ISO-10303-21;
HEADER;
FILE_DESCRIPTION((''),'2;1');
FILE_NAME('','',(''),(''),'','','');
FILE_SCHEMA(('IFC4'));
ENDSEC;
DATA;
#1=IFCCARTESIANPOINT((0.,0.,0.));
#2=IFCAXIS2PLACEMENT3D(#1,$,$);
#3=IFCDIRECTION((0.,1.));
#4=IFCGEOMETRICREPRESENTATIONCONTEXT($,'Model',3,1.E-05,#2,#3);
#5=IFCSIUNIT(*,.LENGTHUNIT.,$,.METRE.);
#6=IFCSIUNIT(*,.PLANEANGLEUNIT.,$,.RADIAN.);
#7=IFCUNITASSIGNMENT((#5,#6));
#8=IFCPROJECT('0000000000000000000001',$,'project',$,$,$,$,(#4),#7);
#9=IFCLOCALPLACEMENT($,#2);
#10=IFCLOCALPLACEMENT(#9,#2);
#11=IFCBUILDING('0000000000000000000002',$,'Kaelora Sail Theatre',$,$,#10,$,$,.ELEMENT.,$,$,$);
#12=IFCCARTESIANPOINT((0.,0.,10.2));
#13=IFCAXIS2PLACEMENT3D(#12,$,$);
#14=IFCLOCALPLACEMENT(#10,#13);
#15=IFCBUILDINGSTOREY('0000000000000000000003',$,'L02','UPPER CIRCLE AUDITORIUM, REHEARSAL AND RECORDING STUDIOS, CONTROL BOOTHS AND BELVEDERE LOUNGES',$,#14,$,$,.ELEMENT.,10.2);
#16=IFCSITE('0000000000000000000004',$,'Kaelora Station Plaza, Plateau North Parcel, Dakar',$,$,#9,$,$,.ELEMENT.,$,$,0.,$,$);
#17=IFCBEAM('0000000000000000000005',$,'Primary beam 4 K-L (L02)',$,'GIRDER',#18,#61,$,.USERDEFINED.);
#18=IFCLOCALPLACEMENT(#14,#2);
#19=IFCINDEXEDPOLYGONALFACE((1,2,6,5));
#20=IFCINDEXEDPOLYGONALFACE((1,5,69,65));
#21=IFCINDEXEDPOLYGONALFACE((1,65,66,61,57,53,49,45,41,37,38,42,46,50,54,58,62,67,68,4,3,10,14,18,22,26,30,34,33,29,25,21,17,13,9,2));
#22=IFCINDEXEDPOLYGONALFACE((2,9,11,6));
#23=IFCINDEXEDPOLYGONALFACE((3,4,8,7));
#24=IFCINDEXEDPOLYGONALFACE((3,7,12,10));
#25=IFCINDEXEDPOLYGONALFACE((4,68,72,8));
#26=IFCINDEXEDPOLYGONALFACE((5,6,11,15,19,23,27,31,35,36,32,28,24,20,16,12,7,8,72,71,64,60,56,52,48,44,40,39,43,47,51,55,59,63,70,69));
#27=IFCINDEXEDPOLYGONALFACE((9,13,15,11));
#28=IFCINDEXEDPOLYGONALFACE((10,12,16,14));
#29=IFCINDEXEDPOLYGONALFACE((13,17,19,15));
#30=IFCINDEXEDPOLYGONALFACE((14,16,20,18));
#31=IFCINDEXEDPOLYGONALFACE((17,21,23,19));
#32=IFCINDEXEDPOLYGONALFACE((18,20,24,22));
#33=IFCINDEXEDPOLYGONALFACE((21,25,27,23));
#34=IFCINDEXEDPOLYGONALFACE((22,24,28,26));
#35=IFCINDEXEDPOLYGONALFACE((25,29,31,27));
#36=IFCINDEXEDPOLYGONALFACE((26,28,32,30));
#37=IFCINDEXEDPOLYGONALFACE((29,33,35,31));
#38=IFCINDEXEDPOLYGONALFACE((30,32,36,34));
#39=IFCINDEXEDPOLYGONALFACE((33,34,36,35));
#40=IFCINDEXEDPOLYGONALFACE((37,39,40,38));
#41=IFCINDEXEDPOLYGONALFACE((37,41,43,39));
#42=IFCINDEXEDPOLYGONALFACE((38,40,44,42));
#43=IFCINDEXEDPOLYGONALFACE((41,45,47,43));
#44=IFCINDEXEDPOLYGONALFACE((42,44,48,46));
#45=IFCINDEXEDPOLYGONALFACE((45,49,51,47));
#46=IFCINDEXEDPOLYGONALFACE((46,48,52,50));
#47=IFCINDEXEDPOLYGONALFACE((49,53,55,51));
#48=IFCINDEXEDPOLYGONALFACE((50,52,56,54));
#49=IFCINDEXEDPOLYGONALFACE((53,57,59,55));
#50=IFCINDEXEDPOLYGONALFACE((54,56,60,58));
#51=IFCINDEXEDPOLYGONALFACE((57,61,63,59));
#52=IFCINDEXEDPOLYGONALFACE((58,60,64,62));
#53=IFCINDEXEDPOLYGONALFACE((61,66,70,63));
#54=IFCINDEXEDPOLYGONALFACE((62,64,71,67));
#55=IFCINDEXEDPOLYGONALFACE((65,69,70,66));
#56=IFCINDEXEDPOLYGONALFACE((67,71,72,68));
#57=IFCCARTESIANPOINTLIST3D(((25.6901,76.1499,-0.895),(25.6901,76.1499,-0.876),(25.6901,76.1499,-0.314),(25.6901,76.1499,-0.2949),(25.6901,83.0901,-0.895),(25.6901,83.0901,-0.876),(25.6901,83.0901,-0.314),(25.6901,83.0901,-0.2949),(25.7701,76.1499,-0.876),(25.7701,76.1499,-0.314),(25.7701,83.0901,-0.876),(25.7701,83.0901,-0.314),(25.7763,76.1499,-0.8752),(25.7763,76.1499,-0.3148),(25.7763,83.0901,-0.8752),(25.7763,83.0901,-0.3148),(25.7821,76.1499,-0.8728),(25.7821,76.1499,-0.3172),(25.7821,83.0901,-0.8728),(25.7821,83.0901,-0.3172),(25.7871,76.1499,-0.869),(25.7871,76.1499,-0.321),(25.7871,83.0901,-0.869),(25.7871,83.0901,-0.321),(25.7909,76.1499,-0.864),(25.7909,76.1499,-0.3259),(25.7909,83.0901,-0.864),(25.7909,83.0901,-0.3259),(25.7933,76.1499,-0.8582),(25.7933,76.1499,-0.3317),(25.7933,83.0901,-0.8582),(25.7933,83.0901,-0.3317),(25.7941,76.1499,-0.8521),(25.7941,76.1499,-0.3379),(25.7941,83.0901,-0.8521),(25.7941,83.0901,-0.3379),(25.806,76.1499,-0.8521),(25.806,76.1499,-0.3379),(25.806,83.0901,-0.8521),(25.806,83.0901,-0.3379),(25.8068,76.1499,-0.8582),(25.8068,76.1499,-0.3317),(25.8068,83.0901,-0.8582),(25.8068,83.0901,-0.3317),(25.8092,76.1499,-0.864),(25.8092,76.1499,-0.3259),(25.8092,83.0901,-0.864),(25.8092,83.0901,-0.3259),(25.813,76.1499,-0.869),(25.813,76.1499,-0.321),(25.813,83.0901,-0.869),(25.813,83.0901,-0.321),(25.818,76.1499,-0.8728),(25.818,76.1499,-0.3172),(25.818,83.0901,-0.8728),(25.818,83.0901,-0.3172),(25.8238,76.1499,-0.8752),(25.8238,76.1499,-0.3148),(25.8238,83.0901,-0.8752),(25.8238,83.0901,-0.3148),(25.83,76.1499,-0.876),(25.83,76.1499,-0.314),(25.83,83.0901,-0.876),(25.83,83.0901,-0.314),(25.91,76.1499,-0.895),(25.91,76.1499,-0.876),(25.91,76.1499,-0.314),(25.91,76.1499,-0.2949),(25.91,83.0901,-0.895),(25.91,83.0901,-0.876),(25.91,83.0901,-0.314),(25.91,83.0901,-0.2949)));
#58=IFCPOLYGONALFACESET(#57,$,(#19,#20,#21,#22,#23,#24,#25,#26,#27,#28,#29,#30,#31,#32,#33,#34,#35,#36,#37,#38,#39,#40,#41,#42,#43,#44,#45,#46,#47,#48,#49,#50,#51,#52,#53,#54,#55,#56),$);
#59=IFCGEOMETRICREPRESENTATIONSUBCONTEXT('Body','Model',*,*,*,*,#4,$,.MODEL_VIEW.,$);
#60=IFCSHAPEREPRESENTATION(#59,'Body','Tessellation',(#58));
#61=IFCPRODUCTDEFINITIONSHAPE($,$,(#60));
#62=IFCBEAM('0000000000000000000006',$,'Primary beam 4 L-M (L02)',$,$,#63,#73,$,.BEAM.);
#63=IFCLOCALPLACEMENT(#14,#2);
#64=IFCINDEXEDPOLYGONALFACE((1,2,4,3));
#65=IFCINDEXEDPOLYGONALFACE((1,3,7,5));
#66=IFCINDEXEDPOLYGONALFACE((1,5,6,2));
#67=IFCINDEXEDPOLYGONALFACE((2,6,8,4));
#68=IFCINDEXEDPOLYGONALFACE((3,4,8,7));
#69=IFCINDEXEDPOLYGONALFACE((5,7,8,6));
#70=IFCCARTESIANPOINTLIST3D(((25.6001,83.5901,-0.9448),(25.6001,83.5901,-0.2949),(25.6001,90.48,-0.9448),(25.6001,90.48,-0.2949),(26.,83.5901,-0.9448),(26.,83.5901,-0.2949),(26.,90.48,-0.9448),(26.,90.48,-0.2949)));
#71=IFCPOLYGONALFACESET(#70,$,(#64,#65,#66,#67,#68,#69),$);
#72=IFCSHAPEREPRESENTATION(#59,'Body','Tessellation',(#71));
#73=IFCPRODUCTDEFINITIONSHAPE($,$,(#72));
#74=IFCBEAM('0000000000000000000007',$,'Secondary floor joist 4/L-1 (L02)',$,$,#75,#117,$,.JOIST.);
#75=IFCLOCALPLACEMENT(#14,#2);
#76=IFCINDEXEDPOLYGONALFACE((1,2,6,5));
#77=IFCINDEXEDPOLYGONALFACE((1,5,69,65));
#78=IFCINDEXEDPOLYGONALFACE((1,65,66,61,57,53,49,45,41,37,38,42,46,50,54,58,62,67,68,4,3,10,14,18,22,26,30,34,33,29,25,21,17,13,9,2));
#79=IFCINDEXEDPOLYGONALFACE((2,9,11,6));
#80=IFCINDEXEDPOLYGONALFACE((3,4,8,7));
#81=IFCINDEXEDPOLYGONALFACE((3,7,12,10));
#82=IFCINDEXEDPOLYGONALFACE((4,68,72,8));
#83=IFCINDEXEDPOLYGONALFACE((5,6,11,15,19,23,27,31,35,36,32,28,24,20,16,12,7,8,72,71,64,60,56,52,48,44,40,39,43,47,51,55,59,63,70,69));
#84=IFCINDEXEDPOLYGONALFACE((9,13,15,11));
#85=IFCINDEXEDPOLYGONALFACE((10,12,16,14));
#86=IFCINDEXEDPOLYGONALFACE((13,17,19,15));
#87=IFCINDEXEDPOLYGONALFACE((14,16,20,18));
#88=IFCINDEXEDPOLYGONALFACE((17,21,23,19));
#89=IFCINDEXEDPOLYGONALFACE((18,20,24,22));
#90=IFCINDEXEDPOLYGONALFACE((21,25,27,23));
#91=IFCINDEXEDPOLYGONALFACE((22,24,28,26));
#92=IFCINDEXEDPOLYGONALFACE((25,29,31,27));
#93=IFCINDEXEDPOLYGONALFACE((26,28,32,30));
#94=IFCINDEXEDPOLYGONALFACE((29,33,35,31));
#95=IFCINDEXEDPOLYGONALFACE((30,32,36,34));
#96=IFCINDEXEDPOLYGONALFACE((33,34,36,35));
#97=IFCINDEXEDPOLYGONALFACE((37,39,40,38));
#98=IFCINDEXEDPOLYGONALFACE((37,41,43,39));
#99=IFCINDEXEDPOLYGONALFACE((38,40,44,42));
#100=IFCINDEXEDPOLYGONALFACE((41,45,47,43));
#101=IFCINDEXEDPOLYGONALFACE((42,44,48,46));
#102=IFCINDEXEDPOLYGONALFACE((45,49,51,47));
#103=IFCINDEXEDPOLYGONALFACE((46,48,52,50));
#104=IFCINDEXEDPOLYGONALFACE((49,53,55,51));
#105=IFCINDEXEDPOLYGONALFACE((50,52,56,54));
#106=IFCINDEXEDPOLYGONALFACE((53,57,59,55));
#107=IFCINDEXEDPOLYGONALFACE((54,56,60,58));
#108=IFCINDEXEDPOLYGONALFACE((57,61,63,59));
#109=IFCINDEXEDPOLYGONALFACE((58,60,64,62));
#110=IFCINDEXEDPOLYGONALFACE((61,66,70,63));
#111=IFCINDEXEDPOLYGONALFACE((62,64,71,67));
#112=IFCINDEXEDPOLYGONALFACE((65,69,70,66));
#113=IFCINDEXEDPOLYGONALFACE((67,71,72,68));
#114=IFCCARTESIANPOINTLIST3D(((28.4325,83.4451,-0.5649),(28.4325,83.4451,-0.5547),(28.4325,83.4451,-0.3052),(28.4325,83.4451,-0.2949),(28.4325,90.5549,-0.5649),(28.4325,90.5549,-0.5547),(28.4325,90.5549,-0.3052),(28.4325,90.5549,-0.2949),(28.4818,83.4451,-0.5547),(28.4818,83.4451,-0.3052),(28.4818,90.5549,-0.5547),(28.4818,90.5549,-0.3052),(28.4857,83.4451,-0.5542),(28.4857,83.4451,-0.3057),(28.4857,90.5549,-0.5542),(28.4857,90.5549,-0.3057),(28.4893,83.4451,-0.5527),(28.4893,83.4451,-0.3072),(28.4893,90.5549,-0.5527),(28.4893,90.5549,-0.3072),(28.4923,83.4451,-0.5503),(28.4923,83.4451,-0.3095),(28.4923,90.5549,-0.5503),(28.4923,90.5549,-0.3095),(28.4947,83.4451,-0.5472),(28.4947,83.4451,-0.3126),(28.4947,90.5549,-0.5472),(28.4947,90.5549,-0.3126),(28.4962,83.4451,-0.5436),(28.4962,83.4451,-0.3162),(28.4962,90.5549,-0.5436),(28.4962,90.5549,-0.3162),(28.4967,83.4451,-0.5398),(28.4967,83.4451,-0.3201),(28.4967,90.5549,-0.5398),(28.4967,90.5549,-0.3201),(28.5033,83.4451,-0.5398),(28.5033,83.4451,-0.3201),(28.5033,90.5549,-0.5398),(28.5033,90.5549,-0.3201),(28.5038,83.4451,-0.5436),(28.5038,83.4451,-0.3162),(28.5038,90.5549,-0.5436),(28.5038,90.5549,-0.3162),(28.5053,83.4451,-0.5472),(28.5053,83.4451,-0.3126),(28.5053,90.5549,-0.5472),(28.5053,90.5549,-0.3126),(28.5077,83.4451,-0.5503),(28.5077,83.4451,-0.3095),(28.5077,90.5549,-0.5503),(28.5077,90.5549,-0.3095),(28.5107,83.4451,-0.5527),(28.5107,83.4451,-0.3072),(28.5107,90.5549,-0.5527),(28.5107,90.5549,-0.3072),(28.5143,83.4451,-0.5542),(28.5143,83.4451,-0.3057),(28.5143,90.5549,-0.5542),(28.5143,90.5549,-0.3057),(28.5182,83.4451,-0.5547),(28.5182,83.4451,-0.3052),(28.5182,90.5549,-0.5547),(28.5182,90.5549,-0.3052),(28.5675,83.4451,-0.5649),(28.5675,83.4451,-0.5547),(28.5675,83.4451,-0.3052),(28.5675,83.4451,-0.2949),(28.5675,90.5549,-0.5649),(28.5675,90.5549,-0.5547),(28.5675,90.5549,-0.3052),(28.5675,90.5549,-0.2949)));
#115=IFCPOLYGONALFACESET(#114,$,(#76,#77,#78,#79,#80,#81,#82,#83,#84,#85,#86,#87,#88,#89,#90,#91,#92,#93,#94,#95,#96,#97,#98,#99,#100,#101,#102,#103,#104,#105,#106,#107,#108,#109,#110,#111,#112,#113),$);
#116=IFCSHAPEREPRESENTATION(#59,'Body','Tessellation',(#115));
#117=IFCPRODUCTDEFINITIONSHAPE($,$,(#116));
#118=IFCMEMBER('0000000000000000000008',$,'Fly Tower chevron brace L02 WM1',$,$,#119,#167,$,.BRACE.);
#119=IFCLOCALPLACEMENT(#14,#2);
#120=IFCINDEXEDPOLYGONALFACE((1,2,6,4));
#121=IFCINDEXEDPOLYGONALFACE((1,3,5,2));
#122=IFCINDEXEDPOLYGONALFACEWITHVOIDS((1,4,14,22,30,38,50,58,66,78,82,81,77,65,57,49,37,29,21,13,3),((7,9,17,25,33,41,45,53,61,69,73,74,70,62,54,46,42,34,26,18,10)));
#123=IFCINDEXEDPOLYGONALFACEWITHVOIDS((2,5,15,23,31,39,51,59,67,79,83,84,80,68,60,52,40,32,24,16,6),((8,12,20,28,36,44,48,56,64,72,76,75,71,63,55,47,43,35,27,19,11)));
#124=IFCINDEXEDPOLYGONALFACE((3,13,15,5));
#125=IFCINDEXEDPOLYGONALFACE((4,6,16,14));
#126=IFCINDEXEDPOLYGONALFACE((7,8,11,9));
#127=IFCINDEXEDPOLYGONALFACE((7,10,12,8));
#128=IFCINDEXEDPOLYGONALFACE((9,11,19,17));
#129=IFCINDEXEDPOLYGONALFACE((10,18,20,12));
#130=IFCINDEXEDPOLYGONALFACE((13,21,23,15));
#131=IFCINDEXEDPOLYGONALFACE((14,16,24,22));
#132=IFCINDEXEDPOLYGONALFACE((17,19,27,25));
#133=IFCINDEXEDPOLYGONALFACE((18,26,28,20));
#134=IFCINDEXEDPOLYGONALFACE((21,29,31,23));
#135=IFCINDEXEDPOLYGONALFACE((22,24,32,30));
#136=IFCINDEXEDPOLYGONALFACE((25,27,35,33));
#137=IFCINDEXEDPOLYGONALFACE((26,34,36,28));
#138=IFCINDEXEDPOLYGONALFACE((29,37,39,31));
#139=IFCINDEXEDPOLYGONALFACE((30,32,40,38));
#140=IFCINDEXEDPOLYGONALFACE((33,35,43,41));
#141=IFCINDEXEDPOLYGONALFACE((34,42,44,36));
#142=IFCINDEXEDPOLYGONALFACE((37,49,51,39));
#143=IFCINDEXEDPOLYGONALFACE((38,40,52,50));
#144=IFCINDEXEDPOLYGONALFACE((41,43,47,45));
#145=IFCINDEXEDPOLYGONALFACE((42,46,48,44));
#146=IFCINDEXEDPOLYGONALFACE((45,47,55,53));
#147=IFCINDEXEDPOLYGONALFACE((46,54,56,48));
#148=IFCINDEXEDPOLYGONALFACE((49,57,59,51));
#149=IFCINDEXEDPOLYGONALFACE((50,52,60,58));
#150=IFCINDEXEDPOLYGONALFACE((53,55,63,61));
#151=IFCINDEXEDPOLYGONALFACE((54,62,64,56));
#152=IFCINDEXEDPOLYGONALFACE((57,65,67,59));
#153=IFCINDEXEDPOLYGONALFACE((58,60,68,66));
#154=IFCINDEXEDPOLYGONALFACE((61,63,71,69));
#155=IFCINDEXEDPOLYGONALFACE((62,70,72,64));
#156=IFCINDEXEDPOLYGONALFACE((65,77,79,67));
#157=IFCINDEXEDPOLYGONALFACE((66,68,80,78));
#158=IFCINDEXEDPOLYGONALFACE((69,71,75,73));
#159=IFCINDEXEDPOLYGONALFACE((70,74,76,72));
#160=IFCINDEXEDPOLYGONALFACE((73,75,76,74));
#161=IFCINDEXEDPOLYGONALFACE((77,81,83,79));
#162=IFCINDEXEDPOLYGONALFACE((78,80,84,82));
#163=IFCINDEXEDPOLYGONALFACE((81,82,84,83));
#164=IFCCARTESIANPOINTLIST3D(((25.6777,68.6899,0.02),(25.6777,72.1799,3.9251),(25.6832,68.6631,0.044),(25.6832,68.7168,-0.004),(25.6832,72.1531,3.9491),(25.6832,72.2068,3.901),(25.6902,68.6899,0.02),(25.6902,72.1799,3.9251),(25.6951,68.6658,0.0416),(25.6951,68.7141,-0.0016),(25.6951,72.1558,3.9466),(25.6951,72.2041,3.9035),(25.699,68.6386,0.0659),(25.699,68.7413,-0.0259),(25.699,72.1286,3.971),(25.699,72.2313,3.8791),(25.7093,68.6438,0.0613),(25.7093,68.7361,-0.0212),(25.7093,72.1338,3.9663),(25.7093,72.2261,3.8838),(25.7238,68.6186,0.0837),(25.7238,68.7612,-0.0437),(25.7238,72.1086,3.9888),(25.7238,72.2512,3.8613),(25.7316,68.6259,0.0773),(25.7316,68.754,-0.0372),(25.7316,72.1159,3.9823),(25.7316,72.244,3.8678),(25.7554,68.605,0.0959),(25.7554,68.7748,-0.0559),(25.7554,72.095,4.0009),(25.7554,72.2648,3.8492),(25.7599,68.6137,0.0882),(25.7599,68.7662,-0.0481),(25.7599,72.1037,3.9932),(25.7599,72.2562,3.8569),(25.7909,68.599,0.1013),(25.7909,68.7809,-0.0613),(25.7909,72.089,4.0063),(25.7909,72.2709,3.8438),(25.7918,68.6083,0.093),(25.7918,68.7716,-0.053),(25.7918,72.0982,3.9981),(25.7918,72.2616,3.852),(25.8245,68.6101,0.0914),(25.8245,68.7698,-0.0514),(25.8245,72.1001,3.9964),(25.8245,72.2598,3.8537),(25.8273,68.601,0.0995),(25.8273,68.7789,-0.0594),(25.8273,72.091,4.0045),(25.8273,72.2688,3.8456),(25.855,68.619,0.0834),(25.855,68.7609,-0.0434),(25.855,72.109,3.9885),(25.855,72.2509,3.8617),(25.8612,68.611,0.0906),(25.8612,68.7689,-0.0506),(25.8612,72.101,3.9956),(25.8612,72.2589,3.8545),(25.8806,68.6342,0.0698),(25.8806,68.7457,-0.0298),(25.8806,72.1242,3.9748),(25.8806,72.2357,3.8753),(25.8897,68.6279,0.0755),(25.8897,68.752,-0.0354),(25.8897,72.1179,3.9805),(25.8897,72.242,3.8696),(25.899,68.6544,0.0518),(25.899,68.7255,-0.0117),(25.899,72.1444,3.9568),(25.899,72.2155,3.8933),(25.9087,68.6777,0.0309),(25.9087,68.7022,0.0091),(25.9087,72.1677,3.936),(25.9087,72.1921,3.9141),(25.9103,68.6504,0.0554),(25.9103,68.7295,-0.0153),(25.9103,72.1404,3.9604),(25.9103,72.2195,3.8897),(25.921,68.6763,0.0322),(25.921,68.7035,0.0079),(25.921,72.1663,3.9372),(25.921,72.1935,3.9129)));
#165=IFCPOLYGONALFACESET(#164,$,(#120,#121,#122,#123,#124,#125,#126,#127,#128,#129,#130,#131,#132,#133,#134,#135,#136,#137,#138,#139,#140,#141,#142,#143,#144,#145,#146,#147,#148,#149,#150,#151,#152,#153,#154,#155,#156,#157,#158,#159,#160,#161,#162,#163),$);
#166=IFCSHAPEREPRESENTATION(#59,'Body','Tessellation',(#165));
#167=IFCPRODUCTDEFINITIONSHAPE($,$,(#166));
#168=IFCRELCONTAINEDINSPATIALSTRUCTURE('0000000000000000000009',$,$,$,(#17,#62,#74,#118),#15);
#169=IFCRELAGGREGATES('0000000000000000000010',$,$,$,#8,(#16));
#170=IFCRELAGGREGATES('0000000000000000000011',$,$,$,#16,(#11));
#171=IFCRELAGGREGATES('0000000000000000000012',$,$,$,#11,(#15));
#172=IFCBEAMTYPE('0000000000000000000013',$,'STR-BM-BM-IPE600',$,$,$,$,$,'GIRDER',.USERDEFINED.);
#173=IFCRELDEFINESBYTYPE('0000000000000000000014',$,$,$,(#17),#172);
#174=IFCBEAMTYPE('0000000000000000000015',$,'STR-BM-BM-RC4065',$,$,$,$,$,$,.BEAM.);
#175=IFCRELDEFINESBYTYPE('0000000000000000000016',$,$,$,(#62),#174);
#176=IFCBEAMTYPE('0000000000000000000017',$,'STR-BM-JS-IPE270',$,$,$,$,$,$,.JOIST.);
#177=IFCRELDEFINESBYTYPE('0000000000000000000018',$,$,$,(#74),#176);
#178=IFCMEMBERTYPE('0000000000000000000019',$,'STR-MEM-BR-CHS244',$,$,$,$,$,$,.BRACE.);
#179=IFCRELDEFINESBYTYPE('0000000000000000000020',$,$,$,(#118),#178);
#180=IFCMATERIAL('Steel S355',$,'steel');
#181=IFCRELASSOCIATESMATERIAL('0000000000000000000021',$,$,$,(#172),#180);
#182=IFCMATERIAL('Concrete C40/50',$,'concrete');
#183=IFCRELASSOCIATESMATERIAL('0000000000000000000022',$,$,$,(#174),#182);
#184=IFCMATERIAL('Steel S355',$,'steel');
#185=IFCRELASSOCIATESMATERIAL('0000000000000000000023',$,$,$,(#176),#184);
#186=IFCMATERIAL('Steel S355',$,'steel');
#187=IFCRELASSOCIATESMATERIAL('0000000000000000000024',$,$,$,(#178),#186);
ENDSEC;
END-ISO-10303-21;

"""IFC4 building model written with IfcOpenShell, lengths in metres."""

from ifc_helpers import new_model, si_unit, direction, frame, origin, origin_2d, place, context, subcontext, project, spatial, rectangle, hollow_circle, i_section, extrude, material, material_profile, profile_set, type_object, element, save


model = new_model("IFC4")

# Units and contexts
model_context = context("Model", 3, precision=1e-05, world=origin(), true_north=direction((0.0, 1.0)))
body_context = subcontext(model_context, "Body", "Model", "MODEL_VIEW")
ifc_project = project(units=[si_unit("LENGTHUNIT", "METRE"), si_unit("PLANEANGLEUNIT", "RADIAN")], contexts=[model_context])

# Site, building, storey
site_placement = place(None, origin())
site = spatial("IfcSite", under=ifc_project, at=site_placement, Name="Kaelora Station Plaza, Plateau North Parcel, Dakar", CompositionType="ELEMENT", RefElevation=0.0)
building_placement = place(site_placement, origin())
building = spatial("IfcBuilding", under=site, at=building_placement, Name="Kaelora Sail Theatre", CompositionType="ELEMENT")
storey_placement = place(building_placement, frame((0.0, 0.0, 10.2)))
storey = spatial("IfcBuildingStorey", under=building, at=storey_placement, Name="L02", Description="UPPER CIRCLE AUDITORIUM, REHEARSAL AND RECORDING STUDIOS, CONTROL BOOTHS AND BELVEDERE LOUNGES", CompositionType="ELEMENT", Elevation=10.2)

# Beams
ifc_material_1 = material(Name="Steel S355", Category="steel")
ifc_material_profile_1 = material_profile(ifc_material_1, i_section(OverallWidth=0.22, OverallDepth=0.6001, WebThickness=0.012, FlangeThickness=0.019, FilletRadius=0.0239, at=origin_2d()), Name="IPE 600")
ifc_profile_set_1 = profile_set([ifc_material_profile_1], Name="Steel S355")
beam_type_1 = type_object("IfcBeamType", Name="STR-BM-BM-IPE600", ElementType="GIRDER", PredefinedType="USERDEFINED", material=ifc_profile_set_1)
beam_1_placement = place(storey_placement, frame((25.8, 76.1499, -0.595), z_axis=(0.0, 1.0, 0.0), x_axis=(-1.0, 0.0, 0.0)))
element("IfcBeam", 1, at=beam_1_placement, inside=storey, type_object=beam_type_1, Name="Primary beam 4 K-L (L02)", ObjectType="GIRDER", PredefinedType="USERDEFINED", context=body_context, shape_type="SweptSolid", body=[
    extrude(i_section(OverallWidth=0.22, OverallDepth=0.6001, WebThickness=0.012, FlangeThickness=0.019, FilletRadius=0.0239, at=origin_2d()), origin(), (0.0, 0.0, 1.0), 6.9402),
])
ifc_material_2 = material(Name="Concrete C40/50", Category="concrete")
ifc_material_profile_2 = material_profile(ifc_material_2, rectangle(XDim=0.3999, YDim=0.6499, at=origin_2d()), Name="RC-BM 400x650")
ifc_profile_set_2 = profile_set([ifc_material_profile_2], Name="Concrete C40/50")
beam_type_2 = type_object("IfcBeamType", Name="STR-BM-BM-RC4065", PredefinedType="BEAM", material=ifc_profile_set_2)
beam_2_placement = place(storey_placement, frame((25.8, 83.5901, -0.6199), z_axis=(0.0, 1.0, 0.0), x_axis=(-1.0, 0.0, 0.0)))
element("IfcBeam", 2, at=beam_2_placement, inside=storey, type_object=beam_type_2, Name="Primary beam 4 L-M (L02)", PredefinedType="BEAM", context=body_context, shape_type="SweptSolid", body=[
    extrude(rectangle(XDim=0.3999, YDim=0.6499, at=origin_2d()), origin(), (0.0, 0.0, 1.0), 6.8899),
])
ifc_material_3 = material(Name="Steel S355", Category="steel")
ifc_material_profile_3 = material_profile(ifc_material_3, i_section(OverallWidth=0.135, OverallDepth=0.27, WebThickness=0.0066, FlangeThickness=0.0103, FilletRadius=0.0149, at=origin_2d()), Name="IPE 270")
ifc_profile_set_3 = profile_set([ifc_material_profile_3], Name="Steel S355")
beam_type_3 = type_object("IfcBeamType", Name="STR-BM-JS-IPE270", PredefinedType="JOIST", material=ifc_profile_set_3)
beam_3_placement = place(storey_placement, frame((28.5, 83.4451, -0.4299), z_axis=(0.0, 1.0, 0.0), x_axis=(-1.0, 0.0, 0.0)))
element("IfcBeam", 3, at=beam_3_placement, inside=storey, type_object=beam_type_3, Name="Secondary floor joist 4/L-1 (L02)", PredefinedType="JOIST", context=body_context, shape_type="SweptSolid", body=[
    extrude(i_section(OverallWidth=0.135, OverallDepth=0.27, WebThickness=0.0066, FlangeThickness=0.0103, FilletRadius=0.0149, at=origin_2d()), origin(), (0.0, 0.0, 1.0), 7.1099),
])

# Member
ifc_material_4 = material(Name="Steel S355", Category="steel")
ifc_material_profile_4 = material_profile(ifc_material_4, hollow_circle(Radius=0.1223, WallThickness=0.0125, at=origin_2d()), Name="CHS 244.5x12.5")
ifc_profile_set_4 = profile_set([ifc_material_profile_4], Name="Steel S355")
member_type_1 = type_object("IfcMemberType", Name="STR-MEM-BR-CHS244", PredefinedType="BRACE", material=ifc_profile_set_4)
for number, where, z_axis, x_axis, name in (
    (4, (25.8, 68.6899, 0.02), (0.0, 0.666372, 0.745619), (-1.0, 0.0, 0.0), "Fly Tower chevron brace L02 WM1"),
):
    element("IfcMember", number, at=place(storey_placement, frame(where, z_axis=z_axis, x_axis=x_axis)), inside=storey, type_object=member_type_1, Name=name, PredefinedType="BRACE", context=body_context, shape_type="SweptSolid", body=[
        extrude(hollow_circle(Radius=0.1223, WallThickness=0.0125, at=origin_2d()), origin(), (0.0, 0.0, 1.0), 5.2373),
    ])

save(model, "model.ifc")
